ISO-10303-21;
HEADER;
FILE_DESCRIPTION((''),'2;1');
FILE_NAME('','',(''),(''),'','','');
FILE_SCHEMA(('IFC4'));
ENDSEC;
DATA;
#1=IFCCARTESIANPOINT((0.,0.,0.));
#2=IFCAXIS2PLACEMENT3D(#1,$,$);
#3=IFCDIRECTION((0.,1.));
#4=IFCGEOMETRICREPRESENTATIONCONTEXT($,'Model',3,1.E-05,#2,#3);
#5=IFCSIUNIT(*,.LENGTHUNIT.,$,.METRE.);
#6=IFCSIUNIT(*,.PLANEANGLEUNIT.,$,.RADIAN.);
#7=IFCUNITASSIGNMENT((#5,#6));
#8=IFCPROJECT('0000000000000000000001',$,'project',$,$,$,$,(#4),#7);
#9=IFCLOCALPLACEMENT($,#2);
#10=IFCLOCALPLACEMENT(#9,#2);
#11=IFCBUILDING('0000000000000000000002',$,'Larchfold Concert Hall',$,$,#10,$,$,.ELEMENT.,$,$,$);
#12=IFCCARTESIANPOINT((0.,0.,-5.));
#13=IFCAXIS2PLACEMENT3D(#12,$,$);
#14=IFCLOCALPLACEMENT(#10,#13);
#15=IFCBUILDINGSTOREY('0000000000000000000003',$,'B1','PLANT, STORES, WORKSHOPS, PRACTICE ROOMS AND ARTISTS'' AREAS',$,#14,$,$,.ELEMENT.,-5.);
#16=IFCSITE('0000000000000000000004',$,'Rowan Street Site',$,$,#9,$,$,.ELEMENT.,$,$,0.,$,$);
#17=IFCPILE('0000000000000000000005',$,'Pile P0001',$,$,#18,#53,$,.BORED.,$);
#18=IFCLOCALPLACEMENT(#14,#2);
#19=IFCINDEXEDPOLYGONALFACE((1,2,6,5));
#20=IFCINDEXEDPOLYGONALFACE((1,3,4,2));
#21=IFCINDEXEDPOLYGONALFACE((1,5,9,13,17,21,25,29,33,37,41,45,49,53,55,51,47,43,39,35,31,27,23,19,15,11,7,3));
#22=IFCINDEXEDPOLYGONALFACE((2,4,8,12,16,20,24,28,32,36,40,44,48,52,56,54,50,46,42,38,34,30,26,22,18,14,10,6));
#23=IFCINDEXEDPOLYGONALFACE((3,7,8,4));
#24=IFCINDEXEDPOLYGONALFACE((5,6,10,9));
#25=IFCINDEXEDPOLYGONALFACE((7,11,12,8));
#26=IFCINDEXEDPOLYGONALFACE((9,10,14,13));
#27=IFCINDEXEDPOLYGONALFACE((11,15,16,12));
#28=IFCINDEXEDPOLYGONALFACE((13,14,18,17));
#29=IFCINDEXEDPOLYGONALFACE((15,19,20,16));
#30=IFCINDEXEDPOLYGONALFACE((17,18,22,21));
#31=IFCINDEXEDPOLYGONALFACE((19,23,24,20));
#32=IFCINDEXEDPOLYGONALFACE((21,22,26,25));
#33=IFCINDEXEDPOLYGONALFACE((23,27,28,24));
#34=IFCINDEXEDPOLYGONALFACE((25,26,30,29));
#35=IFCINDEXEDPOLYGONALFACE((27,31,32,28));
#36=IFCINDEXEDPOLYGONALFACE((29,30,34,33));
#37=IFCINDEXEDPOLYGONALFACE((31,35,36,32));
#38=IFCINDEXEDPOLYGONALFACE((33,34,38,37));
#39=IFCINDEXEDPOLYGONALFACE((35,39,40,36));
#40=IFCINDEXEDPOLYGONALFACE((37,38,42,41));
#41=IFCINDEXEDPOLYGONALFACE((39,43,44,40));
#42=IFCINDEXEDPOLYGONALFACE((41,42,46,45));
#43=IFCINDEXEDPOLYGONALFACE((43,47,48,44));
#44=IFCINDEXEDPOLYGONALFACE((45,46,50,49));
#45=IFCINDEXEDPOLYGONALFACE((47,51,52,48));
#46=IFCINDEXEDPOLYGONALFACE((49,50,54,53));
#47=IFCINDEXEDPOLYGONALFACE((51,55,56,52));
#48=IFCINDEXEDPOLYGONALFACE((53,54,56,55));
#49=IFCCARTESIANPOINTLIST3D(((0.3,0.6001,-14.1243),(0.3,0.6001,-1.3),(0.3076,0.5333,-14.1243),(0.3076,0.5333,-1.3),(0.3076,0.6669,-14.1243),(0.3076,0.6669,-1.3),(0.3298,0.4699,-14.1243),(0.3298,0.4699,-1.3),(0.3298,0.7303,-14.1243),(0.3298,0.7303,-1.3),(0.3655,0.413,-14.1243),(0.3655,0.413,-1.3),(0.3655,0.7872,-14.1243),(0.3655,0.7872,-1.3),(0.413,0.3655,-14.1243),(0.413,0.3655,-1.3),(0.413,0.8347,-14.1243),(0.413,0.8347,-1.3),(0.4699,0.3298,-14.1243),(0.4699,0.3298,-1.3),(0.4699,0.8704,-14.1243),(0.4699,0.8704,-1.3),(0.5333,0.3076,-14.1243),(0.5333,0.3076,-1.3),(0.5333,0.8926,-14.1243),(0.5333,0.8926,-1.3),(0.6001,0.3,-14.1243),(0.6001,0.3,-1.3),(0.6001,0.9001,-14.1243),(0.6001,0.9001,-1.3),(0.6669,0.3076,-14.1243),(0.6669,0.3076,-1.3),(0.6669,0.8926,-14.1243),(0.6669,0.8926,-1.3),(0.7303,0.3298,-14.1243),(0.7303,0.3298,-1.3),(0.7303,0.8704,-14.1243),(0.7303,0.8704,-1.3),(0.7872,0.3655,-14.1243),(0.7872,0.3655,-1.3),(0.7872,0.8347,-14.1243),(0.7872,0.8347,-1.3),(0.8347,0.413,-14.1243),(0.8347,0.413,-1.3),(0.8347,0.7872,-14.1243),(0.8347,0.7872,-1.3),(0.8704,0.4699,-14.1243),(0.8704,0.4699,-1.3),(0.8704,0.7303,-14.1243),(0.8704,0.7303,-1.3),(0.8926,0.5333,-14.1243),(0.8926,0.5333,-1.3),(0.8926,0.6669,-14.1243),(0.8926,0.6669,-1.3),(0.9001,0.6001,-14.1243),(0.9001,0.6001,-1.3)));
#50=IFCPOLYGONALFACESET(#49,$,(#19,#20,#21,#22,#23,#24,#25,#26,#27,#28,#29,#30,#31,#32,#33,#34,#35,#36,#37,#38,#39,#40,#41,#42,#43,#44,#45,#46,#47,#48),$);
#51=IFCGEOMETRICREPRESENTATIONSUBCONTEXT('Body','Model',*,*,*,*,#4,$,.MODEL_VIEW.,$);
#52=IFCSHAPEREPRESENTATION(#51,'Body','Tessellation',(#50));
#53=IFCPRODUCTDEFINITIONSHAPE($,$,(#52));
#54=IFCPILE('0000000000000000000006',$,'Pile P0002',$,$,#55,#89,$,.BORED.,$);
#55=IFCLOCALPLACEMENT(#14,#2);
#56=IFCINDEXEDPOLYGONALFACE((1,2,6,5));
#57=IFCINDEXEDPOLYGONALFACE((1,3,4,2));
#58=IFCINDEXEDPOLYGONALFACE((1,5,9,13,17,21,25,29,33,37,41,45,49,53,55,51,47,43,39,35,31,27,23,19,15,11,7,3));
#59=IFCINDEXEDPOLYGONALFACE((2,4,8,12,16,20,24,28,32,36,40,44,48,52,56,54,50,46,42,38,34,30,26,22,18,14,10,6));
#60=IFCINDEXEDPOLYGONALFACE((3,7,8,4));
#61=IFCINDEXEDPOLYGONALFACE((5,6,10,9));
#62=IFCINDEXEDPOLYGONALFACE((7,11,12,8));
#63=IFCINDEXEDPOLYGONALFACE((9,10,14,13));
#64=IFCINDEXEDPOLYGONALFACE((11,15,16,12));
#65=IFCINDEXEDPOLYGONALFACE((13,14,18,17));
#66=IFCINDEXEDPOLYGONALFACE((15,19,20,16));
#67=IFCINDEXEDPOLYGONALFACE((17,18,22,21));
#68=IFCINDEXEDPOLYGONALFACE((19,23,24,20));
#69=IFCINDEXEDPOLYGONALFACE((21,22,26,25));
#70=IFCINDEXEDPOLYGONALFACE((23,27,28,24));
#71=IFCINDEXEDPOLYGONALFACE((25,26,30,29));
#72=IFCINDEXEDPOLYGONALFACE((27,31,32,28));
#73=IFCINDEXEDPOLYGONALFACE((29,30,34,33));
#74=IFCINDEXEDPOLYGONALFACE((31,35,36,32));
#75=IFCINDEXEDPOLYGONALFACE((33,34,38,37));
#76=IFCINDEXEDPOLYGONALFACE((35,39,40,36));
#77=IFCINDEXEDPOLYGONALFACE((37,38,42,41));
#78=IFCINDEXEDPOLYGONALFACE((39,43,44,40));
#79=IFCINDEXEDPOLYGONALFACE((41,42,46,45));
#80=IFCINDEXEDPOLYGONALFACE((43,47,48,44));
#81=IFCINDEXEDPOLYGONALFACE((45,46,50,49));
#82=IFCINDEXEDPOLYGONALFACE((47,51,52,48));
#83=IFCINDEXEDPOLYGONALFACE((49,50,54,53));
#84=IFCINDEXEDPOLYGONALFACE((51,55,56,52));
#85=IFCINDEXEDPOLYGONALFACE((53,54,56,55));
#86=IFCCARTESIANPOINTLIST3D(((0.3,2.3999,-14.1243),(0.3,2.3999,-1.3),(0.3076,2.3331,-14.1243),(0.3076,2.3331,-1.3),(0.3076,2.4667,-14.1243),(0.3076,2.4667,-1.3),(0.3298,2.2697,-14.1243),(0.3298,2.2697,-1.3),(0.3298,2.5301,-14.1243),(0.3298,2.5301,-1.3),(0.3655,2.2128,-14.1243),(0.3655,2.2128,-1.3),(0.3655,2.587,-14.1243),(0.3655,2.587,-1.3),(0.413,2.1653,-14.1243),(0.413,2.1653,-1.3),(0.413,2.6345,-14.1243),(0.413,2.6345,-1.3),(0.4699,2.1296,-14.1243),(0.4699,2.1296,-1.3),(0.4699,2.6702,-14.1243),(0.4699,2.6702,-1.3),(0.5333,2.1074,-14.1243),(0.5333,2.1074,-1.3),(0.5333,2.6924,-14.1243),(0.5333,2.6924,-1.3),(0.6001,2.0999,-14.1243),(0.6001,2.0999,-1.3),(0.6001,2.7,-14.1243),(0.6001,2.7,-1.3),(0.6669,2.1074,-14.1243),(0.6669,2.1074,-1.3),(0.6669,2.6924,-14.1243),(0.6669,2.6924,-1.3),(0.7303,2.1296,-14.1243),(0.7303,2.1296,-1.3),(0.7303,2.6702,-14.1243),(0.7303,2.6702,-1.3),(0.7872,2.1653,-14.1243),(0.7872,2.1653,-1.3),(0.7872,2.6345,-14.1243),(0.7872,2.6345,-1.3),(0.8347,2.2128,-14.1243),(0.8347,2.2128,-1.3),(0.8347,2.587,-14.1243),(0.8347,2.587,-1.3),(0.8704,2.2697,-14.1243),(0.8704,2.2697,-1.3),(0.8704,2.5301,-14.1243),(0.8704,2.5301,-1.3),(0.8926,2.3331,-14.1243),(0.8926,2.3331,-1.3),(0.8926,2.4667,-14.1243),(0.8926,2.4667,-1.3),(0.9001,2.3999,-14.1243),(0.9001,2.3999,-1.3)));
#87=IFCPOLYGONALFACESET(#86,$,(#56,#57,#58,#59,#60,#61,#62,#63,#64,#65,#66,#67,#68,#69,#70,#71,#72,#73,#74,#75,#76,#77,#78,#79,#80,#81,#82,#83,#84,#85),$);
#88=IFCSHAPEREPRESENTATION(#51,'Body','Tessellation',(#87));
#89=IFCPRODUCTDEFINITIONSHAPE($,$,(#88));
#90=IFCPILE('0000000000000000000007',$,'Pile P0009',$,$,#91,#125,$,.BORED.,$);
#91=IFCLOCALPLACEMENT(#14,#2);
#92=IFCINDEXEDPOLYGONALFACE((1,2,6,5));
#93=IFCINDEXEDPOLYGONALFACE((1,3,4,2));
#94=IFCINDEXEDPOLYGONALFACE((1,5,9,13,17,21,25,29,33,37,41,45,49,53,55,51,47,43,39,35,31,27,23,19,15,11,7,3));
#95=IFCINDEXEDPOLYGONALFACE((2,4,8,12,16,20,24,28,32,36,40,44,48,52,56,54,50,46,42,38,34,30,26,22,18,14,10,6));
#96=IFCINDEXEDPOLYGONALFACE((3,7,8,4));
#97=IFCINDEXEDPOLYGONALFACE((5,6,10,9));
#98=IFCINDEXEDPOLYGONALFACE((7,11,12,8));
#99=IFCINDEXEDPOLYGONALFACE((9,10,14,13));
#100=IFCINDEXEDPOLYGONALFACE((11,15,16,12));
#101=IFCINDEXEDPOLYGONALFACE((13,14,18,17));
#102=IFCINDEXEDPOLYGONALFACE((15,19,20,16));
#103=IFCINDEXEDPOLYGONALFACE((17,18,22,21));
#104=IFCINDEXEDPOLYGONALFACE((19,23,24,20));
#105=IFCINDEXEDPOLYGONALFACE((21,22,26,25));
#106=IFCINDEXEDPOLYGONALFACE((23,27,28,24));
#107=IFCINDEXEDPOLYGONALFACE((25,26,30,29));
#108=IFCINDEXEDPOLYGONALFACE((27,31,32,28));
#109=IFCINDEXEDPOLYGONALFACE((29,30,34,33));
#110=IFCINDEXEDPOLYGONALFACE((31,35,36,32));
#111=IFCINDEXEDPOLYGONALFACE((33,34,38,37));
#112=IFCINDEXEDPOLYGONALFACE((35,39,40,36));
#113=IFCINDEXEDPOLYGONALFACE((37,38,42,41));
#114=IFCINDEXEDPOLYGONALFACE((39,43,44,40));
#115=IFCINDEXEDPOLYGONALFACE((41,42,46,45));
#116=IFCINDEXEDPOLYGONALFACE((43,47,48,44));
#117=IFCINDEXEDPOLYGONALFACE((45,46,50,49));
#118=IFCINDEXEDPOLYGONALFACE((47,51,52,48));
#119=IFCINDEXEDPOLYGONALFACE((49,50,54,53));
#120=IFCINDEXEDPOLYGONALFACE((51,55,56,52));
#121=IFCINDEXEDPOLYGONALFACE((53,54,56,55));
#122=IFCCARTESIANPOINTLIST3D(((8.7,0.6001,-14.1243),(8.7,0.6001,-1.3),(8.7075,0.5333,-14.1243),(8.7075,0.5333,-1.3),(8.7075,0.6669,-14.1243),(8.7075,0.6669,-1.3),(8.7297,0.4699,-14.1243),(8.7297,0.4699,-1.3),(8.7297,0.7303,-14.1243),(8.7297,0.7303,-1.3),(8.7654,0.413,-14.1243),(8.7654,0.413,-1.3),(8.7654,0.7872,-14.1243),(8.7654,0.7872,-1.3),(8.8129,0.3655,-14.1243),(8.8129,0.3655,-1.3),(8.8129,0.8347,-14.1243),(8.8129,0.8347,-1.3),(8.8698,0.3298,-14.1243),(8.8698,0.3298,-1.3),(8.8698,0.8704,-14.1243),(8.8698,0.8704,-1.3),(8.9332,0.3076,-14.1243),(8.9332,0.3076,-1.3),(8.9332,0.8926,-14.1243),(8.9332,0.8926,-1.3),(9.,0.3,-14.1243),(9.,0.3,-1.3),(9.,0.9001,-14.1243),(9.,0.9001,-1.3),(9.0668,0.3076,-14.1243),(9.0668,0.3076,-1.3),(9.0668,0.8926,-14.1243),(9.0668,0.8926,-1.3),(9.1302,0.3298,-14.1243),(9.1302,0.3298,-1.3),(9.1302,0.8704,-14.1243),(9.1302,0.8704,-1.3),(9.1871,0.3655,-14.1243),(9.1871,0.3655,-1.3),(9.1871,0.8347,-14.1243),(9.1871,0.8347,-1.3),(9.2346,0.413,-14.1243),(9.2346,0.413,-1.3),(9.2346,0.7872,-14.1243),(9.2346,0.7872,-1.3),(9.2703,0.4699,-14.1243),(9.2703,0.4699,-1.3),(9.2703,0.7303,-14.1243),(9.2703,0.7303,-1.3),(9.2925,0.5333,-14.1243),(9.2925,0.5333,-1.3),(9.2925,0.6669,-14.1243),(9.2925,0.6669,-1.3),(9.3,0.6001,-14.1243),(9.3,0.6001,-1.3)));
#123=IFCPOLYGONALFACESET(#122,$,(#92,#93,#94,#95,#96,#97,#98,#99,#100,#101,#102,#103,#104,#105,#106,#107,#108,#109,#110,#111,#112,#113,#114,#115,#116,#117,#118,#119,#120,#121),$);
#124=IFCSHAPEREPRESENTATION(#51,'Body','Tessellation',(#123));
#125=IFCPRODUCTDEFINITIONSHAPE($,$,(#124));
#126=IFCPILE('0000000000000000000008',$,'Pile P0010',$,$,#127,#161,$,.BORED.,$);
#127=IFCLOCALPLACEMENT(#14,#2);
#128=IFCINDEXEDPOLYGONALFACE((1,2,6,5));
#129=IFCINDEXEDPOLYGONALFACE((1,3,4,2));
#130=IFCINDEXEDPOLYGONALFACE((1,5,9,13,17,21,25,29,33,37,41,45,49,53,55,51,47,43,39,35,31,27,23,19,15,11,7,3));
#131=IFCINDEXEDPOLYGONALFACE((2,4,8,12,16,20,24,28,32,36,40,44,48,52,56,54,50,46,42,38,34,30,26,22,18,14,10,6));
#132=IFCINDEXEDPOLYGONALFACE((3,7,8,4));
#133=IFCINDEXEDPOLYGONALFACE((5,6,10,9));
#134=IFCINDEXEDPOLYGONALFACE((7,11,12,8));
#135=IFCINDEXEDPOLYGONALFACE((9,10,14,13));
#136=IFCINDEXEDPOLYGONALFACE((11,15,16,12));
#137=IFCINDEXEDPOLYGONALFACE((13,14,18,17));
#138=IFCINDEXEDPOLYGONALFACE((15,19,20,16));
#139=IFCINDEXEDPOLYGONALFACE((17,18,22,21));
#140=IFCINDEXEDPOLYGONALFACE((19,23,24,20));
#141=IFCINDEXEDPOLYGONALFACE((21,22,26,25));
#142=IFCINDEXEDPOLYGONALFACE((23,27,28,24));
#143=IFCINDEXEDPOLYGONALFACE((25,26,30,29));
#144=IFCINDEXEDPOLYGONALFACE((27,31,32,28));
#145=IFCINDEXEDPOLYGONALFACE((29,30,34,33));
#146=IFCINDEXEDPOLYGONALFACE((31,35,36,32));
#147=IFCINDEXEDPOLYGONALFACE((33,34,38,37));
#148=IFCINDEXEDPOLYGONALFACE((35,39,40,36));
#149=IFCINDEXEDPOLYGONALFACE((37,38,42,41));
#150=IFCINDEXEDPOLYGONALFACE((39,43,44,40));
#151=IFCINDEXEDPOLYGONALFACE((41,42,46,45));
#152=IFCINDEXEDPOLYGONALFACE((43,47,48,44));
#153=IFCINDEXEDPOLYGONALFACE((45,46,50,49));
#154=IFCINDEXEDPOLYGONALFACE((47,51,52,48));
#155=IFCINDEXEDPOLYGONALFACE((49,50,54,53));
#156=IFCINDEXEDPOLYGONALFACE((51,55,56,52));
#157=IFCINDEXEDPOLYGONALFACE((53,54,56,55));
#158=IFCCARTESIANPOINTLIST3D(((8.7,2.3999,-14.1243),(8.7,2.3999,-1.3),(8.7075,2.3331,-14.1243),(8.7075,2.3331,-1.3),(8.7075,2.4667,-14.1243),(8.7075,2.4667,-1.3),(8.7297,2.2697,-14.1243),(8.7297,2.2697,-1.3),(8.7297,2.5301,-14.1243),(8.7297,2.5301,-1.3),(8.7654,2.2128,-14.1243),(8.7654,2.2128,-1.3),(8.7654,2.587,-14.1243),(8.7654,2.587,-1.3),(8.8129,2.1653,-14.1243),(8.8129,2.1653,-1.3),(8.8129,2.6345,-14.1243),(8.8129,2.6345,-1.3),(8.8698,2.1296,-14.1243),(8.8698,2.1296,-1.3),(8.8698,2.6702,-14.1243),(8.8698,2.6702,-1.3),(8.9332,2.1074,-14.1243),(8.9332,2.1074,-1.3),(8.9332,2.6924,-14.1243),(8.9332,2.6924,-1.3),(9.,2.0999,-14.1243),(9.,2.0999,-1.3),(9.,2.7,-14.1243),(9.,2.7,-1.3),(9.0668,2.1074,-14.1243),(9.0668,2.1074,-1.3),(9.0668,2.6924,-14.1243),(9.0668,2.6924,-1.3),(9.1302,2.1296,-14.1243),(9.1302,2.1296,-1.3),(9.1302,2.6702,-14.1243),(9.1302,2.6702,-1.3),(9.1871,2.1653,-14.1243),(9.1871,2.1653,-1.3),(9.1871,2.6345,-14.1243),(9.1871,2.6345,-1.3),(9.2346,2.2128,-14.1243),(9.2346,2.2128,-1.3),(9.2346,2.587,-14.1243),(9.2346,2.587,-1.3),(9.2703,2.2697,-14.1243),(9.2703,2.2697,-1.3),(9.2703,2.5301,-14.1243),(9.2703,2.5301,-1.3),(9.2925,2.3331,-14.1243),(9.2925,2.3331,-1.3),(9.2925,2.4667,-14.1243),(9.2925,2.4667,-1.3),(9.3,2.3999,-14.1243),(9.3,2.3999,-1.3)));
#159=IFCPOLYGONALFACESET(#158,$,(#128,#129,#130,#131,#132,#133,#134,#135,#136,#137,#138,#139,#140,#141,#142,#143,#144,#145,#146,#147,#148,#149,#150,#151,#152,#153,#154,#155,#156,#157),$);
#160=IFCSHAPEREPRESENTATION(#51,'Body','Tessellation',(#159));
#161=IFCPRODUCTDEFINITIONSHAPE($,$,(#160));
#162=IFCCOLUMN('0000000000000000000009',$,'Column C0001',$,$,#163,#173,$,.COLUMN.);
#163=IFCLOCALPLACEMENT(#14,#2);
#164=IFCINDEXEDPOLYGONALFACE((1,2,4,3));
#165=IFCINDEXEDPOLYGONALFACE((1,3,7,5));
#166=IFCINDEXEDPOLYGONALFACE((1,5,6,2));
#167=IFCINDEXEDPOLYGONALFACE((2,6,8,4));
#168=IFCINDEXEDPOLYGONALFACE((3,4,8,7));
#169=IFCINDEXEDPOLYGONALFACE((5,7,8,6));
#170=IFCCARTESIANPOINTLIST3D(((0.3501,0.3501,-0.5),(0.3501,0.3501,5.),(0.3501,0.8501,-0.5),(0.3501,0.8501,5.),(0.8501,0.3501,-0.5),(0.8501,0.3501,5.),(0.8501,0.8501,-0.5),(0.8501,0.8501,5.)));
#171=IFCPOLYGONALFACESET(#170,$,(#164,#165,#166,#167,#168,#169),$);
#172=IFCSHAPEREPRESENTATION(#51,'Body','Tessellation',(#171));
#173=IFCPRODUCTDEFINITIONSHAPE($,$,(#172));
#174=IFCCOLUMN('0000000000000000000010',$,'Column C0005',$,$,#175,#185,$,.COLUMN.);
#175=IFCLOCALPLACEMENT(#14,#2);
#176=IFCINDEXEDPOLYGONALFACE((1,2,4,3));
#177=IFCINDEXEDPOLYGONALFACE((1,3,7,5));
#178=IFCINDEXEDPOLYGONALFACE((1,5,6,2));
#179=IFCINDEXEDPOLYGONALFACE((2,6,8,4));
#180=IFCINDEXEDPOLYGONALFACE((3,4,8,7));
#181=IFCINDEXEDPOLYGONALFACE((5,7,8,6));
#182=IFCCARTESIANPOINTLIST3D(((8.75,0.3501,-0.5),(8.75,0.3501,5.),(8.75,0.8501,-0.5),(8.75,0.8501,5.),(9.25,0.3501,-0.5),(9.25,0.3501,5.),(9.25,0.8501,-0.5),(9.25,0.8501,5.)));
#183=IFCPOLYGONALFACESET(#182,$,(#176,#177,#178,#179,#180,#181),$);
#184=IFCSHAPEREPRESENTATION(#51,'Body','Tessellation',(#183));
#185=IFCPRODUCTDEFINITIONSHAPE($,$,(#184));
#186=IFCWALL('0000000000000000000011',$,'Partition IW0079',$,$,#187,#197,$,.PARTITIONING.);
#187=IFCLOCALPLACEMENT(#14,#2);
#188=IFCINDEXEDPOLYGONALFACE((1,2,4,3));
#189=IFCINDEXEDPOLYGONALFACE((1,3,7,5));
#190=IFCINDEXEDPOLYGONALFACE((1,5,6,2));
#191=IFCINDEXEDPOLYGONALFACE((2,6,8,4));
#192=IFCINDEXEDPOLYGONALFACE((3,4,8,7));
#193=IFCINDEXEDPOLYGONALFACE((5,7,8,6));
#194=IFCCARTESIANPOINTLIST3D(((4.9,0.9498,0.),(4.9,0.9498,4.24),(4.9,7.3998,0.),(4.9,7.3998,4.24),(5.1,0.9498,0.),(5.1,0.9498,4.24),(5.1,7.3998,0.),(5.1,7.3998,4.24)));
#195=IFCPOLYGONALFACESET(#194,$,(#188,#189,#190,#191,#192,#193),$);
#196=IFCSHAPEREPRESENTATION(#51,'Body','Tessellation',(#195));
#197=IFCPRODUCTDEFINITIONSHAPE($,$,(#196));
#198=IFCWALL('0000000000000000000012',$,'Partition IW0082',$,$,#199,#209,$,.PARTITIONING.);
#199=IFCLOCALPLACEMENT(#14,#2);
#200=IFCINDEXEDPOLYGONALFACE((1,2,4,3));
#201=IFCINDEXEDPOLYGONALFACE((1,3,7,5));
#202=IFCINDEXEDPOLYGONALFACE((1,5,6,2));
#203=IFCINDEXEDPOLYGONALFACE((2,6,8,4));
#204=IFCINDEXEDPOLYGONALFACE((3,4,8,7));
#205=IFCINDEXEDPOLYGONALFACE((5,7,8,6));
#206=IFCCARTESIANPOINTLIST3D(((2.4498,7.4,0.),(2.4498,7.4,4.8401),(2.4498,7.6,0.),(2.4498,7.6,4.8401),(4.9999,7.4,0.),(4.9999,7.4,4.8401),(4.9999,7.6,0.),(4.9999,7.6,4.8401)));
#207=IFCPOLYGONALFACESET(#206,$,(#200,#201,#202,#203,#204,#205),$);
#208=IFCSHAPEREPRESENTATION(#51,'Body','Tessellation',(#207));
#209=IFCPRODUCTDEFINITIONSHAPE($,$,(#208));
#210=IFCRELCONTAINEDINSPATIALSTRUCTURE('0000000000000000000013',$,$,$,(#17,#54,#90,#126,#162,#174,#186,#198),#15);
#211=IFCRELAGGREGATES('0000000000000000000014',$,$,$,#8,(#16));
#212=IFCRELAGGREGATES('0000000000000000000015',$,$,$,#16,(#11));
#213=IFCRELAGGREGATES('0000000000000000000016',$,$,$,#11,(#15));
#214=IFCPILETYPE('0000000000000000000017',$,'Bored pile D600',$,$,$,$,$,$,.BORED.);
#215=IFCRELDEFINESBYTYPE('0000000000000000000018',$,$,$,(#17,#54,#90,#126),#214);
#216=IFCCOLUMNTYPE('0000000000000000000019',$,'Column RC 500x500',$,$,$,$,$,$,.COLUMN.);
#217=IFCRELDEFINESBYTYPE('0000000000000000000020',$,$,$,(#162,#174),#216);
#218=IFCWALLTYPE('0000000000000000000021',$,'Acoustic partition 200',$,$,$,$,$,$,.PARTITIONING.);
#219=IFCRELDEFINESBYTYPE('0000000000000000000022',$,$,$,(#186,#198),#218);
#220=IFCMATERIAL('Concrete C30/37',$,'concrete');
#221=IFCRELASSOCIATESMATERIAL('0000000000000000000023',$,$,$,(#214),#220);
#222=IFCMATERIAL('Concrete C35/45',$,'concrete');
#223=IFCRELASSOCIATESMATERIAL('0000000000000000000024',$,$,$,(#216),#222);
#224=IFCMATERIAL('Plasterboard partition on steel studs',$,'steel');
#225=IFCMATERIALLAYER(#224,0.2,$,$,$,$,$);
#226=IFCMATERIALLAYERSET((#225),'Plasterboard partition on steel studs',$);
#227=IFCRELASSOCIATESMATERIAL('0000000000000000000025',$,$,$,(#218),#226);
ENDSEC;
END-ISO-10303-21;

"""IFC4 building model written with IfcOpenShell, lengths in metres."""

from ifc_helpers import new_model, si_unit, direction, frame, frame_2d, origin, origin_2d, place, context, subcontext, project, spatial, rectangle, circle, extrude, material, layer, layer_set, material_profile, profile_set, type_object, element, save


model = new_model("IFC4")

# Units and contexts
model_context = context("Model", 3, precision=1e-05, world=origin(), true_north=direction((0.0, 1.0)))
body_context = subcontext(model_context, "Body", "Model", "MODEL_VIEW")
ifc_project = project(units=[si_unit("LENGTHUNIT", "METRE"), si_unit("PLANEANGLEUNIT", "RADIAN")], contexts=[model_context])

# Site, building, storey
site_placement = place(None, origin())
site = spatial("IfcSite", under=ifc_project, at=site_placement, Name="Rowan Street Site", CompositionType="ELEMENT", RefElevation=0.0)
building_placement = place(site_placement, origin())
building = spatial("IfcBuilding", under=site, at=building_placement, Name="Larchfold Concert Hall", CompositionType="ELEMENT")
storey_placement = place(building_placement, frame((0.0, 0.0, -5.0)))
storey = spatial("IfcBuildingStorey", under=building, at=storey_placement, Name="B1", Description="PLANT, STORES, WORKSHOPS, PRACTICE ROOMS AND ARTISTS' AREAS", CompositionType="ELEMENT", Elevation=-5.0)

# Piles
ifc_material_1 = material(Name="Concrete C30/37", Category="concrete")
ifc_material_profile_1 = material_profile(ifc_material_1, circle(Radius=0.3, at=origin_2d()))
ifc_profile_set_1 = profile_set([ifc_material_profile_1], Name="Concrete C30/37")
pile_type = type_object("IfcPileType", Name="Bored pile D600", PredefinedType="BORED", material=ifc_profile_set_1)
for number, where, z_axis, x_axis, name in (
    (1, (0.6001, 0.6001, -1.3), (0.0, 0.0, -1.0), (1.0, 0.0, 0.0), "Pile P0001"),
    (2, (0.6001, 2.3999, -1.3), (0.0, 0.0, -1.0), (1.0, 0.0, 0.0), "Pile P0002"),
    (3, (9.0, 0.6001, -1.3), (0.0, 0.0, -1.0), (1.0, 0.0, 0.0), "Pile P0009"),
    (4, (9.0, 2.3999, -1.3), (0.0, 0.0, -1.0), (1.0, 0.0, 0.0), "Pile P0010"),
):
    element("IfcPile", number, at=place(storey_placement, frame(where, z_axis=z_axis, x_axis=x_axis)), inside=storey, type_object=pile_type, Name=name, PredefinedType="BORED", context=body_context, shape_type="SweptSolid", body=[
        extrude(circle(Radius=0.3, at=origin_2d()), origin(), (0.0, 0.0, 1.0), 12.8242),
    ])

# Columns
ifc_material_2 = material(Name="Concrete C35/45", Category="concrete")
ifc_material_profile_2 = material_profile(ifc_material_2, rectangle(XDim=0.5, YDim=0.5, at=origin_2d()))
ifc_profile_set_2 = profile_set([ifc_material_profile_2], Name="Concrete C35/45")
column_type = type_object("IfcColumnType", Name="Column RC 500x500", PredefinedType="COLUMN", material=ifc_profile_set_2)
for number, where, z_axis, x_axis, name in (
    (5, (0.6001, 0.6001, -0.5), (0.0, 0.0, 1.0), (1.0, 0.0, 0.0), "Column C0001"),
    (6, (9.0, 0.6001, -0.5), (0.0, 0.0, 1.0), (1.0, 0.0, 0.0), "Column C0005"),
):
    element("IfcColumn", number, at=place(storey_placement, frame(where, z_axis=z_axis, x_axis=x_axis)), inside=storey, type_object=column_type, Name=name, PredefinedType="COLUMN", context=body_context, shape_type="SweptSolid", body=[
        extrude(rectangle(XDim=0.5, YDim=0.5, at=origin_2d()), origin(), (0.0, 0.0, 1.0), 5.5),
    ])

# Walls
ifc_material_3 = material(Name="Plasterboard partition on steel studs", Category="steel")
ifc_layer_1 = layer(ifc_material_3, 0.2)
ifc_layer_set_1 = layer_set([ifc_layer_1], Name="Plasterboard partition on steel studs")
wall_type_1 = type_object("IfcWallType", Name="Acoustic partition 200", PredefinedType="PARTITIONING", material=ifc_layer_set_1)
wall_1_placement = place(storey_placement, frame((5.0, 7.3999, 0.0), z_axis=(0.0, 0.0, 1.0), x_axis=(0.0, -1.0, 0.0)))
element("IfcWall", 7, at=wall_1_placement, inside=storey, type_object=wall_type_1, Name="Partition IW0079", PredefinedType="PARTITIONING", context=body_context, shape_type="SweptSolid", body=[
    extrude(rectangle(XDim=6.45, YDim=0.2, at=frame_2d((3.2251, 0.0))), origin(), (0.0, 0.0, 1.0), 4.24),
])
wall_2_placement = place(storey_placement, frame((2.45, 7.5, 0.0), z_axis=(0.0, 0.0, 1.0), x_axis=(1.0, 0.0, 0.0)))
element("IfcWall", 8, at=wall_2_placement, inside=storey, type_object=wall_type_1, Name="Partition IW0082", PredefinedType="PARTITIONING", context=body_context, shape_type="SweptSolid", body=[
    extrude(rectangle(XDim=2.55, YDim=0.2, at=frame_2d((1.2749, 0.0))), origin(), (0.0, 0.0, 1.0), 4.8401),
])

save(model, "model.ifc")
